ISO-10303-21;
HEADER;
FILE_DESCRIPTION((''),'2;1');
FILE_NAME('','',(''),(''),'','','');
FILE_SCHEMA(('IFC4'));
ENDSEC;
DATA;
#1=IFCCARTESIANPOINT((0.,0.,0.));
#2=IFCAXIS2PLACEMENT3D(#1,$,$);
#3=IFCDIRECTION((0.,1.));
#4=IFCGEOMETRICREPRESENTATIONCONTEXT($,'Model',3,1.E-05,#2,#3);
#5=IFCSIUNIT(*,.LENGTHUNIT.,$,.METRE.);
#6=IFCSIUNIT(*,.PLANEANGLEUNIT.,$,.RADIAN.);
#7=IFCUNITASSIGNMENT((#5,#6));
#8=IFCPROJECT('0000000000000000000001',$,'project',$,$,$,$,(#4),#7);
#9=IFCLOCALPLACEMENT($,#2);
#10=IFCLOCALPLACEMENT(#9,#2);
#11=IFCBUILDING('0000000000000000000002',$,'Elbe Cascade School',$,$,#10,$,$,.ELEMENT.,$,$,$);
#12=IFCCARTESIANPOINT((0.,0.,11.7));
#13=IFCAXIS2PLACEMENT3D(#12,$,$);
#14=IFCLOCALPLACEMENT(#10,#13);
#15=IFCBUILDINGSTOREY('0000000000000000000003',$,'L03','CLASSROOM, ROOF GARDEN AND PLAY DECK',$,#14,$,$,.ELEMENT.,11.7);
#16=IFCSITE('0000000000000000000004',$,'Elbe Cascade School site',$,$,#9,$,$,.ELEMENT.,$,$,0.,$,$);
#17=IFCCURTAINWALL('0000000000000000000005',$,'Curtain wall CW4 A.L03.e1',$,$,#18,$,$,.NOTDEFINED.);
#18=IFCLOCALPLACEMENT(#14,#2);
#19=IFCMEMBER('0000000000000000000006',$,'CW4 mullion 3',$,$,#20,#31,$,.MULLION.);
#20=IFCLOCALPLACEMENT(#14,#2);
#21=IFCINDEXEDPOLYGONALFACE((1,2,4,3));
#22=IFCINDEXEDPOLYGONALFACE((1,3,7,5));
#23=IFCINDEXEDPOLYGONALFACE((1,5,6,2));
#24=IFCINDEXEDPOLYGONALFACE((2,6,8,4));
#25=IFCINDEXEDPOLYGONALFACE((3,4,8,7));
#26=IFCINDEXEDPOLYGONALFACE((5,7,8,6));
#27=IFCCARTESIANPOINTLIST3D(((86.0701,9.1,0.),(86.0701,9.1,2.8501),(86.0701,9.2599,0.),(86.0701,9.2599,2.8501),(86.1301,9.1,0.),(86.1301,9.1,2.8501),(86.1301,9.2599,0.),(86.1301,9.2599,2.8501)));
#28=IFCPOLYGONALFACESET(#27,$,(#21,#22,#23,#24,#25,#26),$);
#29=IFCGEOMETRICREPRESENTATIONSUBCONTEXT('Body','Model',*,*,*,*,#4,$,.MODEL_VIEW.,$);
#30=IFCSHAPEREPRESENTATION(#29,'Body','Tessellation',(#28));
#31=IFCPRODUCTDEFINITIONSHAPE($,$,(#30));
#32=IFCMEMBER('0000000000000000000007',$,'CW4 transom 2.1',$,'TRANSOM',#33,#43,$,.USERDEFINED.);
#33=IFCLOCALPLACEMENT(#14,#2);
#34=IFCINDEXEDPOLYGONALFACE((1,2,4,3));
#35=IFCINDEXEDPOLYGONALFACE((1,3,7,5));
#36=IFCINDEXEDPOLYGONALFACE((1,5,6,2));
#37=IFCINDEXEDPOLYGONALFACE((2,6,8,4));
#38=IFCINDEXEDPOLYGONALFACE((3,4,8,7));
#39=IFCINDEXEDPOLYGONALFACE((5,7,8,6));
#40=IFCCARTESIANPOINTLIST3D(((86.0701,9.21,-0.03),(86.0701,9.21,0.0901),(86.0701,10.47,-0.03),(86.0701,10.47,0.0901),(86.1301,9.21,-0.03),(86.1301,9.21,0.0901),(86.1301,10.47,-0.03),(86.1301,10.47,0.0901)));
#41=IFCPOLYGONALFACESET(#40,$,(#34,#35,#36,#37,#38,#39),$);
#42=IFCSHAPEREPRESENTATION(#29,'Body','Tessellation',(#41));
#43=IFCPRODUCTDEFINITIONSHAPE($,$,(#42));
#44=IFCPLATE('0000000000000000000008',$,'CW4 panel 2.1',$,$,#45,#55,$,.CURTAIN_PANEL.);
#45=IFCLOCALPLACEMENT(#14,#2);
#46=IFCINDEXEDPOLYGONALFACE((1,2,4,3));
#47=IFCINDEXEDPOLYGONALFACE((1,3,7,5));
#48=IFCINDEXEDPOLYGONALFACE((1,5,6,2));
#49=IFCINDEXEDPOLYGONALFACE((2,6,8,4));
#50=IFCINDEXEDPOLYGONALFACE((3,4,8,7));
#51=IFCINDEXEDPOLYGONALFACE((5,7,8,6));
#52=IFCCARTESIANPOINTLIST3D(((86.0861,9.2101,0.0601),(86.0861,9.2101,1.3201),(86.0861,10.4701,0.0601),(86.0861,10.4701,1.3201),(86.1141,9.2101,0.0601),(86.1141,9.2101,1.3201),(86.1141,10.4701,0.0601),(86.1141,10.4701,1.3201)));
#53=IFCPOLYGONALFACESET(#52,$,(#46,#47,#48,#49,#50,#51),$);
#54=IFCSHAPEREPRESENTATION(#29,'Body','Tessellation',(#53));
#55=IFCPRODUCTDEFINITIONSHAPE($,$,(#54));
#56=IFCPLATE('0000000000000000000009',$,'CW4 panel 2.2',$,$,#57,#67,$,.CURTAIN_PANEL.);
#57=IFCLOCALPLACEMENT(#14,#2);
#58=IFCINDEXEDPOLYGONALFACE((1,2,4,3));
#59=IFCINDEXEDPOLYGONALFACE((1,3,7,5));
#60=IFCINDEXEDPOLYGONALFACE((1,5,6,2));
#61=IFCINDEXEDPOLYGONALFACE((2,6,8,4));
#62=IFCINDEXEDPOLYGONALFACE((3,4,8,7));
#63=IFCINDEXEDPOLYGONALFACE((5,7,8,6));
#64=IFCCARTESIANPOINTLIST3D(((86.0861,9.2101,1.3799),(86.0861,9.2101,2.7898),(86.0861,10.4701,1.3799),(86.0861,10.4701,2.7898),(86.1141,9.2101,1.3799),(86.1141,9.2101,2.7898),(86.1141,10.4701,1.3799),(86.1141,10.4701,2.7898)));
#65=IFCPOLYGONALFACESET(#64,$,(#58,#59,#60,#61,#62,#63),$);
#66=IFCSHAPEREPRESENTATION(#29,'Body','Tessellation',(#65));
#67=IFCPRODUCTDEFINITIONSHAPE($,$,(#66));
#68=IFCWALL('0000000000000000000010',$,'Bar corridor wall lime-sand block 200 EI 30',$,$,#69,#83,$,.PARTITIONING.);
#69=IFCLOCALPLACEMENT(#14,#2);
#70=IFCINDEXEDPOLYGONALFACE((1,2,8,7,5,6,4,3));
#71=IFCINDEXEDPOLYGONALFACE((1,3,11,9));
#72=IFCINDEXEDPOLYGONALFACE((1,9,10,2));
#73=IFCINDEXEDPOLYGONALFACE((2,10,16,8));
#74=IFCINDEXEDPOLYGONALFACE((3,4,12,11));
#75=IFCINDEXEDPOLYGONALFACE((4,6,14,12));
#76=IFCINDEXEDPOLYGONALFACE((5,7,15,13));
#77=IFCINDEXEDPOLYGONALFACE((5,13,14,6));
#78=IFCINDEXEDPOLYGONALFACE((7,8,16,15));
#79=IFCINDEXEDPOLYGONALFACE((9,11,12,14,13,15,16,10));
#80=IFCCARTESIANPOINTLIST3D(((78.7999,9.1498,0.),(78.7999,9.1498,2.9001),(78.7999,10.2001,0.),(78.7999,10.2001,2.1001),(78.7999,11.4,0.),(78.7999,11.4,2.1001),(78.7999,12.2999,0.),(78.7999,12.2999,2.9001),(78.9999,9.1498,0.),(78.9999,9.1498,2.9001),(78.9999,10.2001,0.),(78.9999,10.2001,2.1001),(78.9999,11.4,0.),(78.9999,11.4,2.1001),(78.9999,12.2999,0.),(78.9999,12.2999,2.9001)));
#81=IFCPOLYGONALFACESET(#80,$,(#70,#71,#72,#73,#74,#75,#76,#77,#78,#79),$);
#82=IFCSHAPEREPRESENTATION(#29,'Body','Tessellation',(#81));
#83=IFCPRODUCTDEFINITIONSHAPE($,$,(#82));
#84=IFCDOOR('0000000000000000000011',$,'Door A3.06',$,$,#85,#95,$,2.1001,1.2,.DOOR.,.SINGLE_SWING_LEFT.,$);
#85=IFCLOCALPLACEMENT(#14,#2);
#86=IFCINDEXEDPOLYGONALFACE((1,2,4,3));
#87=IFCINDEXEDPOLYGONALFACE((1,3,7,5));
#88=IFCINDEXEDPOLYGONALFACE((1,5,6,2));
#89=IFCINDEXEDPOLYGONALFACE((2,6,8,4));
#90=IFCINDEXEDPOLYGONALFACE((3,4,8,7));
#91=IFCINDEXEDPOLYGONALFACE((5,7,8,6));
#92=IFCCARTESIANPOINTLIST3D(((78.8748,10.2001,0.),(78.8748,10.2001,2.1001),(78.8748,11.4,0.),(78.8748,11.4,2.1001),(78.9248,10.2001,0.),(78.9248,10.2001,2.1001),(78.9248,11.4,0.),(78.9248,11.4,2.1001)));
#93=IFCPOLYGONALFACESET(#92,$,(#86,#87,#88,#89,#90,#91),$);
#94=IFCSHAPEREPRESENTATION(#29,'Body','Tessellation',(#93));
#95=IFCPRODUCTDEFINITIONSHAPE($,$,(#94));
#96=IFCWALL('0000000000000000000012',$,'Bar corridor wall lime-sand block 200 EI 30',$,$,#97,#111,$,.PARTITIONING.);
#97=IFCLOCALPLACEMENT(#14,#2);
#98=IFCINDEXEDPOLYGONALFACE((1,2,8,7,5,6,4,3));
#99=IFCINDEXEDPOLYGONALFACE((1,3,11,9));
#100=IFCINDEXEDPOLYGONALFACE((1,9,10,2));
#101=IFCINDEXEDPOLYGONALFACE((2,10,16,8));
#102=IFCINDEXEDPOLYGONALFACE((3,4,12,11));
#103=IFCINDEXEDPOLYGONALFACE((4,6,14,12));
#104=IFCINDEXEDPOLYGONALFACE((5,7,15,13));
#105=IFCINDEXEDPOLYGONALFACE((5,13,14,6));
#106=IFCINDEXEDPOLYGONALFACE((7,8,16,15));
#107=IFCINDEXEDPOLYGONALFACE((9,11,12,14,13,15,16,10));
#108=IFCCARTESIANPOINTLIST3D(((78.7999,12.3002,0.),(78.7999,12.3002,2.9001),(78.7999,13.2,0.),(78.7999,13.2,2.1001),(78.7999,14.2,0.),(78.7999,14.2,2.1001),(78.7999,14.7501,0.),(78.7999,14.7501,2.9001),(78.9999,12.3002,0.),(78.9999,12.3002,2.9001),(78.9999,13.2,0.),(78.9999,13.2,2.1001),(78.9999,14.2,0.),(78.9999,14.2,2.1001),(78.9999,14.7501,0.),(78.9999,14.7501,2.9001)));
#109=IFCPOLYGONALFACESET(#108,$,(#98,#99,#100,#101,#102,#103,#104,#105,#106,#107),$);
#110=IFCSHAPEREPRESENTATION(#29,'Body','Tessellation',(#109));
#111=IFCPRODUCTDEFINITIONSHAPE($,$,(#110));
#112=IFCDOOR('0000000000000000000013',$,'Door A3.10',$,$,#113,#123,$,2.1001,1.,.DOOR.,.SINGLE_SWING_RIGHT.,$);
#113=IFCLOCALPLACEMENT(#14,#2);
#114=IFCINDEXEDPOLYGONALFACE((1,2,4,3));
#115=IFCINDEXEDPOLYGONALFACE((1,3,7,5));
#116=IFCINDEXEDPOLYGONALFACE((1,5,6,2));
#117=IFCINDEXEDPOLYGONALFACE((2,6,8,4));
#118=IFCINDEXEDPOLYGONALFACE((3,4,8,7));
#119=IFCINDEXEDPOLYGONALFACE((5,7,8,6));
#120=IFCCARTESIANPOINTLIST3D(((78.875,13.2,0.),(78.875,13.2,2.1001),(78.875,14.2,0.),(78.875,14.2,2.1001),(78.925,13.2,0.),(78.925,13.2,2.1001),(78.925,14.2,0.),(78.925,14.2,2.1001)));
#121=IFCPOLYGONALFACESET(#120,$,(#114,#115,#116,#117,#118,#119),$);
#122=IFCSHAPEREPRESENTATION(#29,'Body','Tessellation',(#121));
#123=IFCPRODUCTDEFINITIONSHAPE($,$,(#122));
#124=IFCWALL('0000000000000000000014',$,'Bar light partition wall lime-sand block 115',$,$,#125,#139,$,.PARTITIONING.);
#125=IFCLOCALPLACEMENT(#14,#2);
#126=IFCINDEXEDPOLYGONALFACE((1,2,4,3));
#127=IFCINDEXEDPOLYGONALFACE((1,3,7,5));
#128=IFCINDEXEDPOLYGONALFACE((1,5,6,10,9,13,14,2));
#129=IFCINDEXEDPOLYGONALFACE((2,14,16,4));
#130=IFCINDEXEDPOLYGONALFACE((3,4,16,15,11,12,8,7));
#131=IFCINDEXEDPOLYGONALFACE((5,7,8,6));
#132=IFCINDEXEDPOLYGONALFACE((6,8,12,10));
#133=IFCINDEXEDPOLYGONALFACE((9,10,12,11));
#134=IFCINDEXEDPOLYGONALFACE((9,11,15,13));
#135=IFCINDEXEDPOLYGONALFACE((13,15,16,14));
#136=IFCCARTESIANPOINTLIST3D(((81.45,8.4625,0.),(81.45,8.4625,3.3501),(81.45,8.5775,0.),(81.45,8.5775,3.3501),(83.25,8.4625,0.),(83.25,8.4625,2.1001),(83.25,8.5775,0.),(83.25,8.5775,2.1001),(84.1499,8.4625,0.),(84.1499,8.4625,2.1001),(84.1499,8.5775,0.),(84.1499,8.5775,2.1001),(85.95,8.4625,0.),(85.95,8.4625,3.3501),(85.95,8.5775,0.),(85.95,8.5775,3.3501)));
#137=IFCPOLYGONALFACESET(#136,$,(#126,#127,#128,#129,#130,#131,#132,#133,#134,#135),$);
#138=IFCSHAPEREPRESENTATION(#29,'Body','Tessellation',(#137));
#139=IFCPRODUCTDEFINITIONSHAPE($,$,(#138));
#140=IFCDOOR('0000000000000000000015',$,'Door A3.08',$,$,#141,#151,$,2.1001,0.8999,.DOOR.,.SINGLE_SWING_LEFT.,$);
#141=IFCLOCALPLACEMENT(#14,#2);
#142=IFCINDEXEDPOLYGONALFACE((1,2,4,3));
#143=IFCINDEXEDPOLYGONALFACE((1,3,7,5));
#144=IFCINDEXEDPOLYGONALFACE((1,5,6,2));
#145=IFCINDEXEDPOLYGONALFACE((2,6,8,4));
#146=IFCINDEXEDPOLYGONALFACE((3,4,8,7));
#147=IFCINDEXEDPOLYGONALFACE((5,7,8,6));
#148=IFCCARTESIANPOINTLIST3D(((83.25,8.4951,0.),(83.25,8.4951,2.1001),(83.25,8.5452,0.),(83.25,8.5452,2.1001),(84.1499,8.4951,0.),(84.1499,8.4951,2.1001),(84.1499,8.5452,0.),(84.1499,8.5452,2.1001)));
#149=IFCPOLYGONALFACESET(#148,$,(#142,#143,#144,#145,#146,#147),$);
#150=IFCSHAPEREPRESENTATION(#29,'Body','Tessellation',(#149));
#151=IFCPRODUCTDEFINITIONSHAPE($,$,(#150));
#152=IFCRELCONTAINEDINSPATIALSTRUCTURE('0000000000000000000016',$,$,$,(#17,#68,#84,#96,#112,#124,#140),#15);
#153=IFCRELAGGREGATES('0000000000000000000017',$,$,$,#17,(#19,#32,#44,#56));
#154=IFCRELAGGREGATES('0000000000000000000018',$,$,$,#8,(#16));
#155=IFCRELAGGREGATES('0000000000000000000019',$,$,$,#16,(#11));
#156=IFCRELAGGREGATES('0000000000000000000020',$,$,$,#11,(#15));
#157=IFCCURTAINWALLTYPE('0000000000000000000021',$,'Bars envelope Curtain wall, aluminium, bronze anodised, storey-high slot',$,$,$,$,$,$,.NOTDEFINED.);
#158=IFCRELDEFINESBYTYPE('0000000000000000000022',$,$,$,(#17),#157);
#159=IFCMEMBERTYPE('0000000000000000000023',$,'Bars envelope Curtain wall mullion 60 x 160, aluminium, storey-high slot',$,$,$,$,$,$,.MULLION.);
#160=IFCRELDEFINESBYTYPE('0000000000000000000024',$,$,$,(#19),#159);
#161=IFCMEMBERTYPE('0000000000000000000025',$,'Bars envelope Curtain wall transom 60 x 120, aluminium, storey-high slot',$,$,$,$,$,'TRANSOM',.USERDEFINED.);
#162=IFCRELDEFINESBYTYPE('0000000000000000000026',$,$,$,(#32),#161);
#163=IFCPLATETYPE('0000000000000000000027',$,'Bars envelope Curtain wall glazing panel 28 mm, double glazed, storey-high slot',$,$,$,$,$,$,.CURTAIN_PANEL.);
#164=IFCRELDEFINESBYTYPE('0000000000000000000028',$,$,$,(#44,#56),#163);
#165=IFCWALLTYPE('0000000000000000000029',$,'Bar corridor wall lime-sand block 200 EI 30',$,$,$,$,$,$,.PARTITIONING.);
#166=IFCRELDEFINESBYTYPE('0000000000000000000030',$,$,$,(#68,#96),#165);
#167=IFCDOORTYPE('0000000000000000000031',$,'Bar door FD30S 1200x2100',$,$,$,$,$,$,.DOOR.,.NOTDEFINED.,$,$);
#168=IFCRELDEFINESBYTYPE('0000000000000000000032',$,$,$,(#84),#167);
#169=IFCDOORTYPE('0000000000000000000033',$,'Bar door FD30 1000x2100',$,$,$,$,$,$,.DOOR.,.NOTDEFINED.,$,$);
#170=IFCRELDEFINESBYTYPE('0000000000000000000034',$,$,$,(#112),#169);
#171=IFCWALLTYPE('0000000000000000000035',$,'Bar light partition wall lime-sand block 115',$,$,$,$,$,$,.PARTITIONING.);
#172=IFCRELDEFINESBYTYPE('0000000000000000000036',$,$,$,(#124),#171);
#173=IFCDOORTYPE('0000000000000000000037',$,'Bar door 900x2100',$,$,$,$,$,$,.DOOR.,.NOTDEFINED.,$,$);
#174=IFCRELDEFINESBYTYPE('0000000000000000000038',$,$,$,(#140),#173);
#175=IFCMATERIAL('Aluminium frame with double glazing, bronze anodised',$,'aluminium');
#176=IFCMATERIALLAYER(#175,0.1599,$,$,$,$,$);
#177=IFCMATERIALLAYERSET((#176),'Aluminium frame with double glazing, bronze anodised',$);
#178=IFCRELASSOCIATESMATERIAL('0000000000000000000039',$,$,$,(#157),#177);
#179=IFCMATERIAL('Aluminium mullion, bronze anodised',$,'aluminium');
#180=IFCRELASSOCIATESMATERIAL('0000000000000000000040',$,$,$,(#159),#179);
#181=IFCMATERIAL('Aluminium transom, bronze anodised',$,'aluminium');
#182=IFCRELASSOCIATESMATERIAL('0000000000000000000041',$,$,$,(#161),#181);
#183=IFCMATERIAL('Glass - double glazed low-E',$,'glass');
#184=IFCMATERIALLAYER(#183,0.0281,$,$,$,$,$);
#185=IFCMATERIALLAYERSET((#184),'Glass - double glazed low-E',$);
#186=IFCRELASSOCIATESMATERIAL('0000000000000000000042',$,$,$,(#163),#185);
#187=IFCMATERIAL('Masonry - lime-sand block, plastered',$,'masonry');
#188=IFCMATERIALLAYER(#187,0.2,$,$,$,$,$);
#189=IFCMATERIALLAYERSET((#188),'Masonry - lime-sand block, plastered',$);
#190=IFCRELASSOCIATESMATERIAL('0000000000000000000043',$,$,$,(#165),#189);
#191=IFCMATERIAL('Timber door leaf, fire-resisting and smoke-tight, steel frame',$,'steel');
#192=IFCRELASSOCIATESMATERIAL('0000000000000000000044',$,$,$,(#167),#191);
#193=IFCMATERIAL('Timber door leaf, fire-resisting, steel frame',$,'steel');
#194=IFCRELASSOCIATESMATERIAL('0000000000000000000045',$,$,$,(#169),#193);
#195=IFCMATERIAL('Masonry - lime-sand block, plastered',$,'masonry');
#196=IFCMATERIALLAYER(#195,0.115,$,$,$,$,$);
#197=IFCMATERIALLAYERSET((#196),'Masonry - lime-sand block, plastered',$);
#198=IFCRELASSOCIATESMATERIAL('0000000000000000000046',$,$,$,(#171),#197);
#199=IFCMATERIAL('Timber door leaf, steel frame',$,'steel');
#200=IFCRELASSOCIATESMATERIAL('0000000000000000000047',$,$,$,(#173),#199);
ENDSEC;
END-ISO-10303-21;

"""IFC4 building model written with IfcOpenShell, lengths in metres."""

from ifc_helpers import new_model, si_unit, direction, frame, frame_2d, origin, origin_2d, place, context, subcontext, project, spatial, rectangle, extrude, material, layer, layer_set, material_profile, profile_set, type_object, element, fill, aggregate, save


model = new_model("IFC4")

# Units and contexts
model_context = context("Model", 3, precision=1e-05, world=origin(), true_north=direction((0.0, 1.0)))
body_context = subcontext(model_context, "Body", "Model", "MODEL_VIEW")
ifc_project = project(units=[si_unit("LENGTHUNIT", "METRE"), si_unit("PLANEANGLEUNIT", "RADIAN")], contexts=[model_context])

# Site, building, storey
site_placement = place(None, origin())
site = spatial("IfcSite", under=ifc_project, at=site_placement, Name="Elbe Cascade School site", CompositionType="ELEMENT", RefElevation=0.0)
building_placement = place(site_placement, origin())
building = spatial("IfcBuilding", under=site, at=building_placement, Name="Elbe Cascade School", CompositionType="ELEMENT")
storey_placement = place(building_placement, frame((0.0, 0.0, 11.7)))
storey = spatial("IfcBuildingStorey", under=building, at=storey_placement, Name="L03", Description="CLASSROOM, ROOF GARDEN AND PLAY DECK", CompositionType="ELEMENT", Elevation=11.7)

# Curtain wall, members, plates
ifc_material_1 = material(Name="Aluminium frame with double glazing, bronze anodised", Category="aluminium")
ifc_layer_1 = layer(ifc_material_1, 0.1599)
ifc_layer_set_1 = layer_set([ifc_layer_1], Name="Aluminium frame with double glazing, bronze anodised")
curtain_wall_type = type_object("IfcCurtainWallType", Name="Bars envelope Curtain wall, aluminium, bronze anodised, storey-high slot", PredefinedType="NOTDEFINED", material=ifc_layer_set_1)
curtain_wall_placement = place(storey_placement, origin())
curtain_wall = element("IfcCurtainWall", 1, at=curtain_wall_placement, inside=storey, type_object=curtain_wall_type, Name="Curtain wall CW4 A.L03.e1", PredefinedType="NOTDEFINED")
ifc_material_2 = material(Name="Aluminium mullion, bronze anodised", Category="aluminium")
ifc_material_profile_1 = material_profile(ifc_material_2, rectangle(XDim=0.0601, YDim=0.1599, at=origin_2d()), Name="Bars envelope Curtain wall mullion 60 x 160, aluminium, storey-high slot")
ifc_profile_set_1 = profile_set([ifc_material_profile_1], Name="Aluminium mullion, bronze anodised")
member_type_1 = type_object("IfcMemberType", Name="Bars envelope Curtain wall mullion 60 x 160, aluminium, storey-high slot", PredefinedType="MULLION", material=ifc_profile_set_1)
member_1_placement = place(storey_placement, frame((86.1001, 9.1799, 0.0), z_axis=(0.0, 0.0, 1.0), x_axis=(1.0, 0.0, 0.0)))
member_1 = element("IfcMember", 2, at=member_1_placement, type_object=member_type_1, Name="CW4 mullion 3", PredefinedType="MULLION", context=body_context, shape_type="SweptSolid", body=[
    extrude(rectangle(XDim=0.0601, YDim=0.1599, at=origin_2d()), origin(), (0.0, 0.0, 1.0), 2.8501),
])
ifc_material_3 = material(Name="Aluminium transom, bronze anodised", Category="aluminium")
ifc_material_profile_2 = material_profile(ifc_material_3, rectangle(XDim=0.0601, YDim=0.1201, at=origin_2d()), Name="Bars envelope Curtain wall transom 60 x 120, aluminium, storey-high slot")
ifc_profile_set_2 = profile_set([ifc_material_profile_2], Name="Aluminium transom, bronze anodised")
member_type_2 = type_object("IfcMemberType", Name="Bars envelope Curtain wall transom 60 x 120, aluminium, storey-high slot", ElementType="TRANSOM", PredefinedType="USERDEFINED", material=ifc_profile_set_2)
member_2_placement = place(storey_placement, frame((86.1001, 10.47, 0.03), z_axis=(0.0, -1.0, 0.0), x_axis=(1.0, 0.0, 0.0)))
member_2 = element("IfcMember", 3, at=member_2_placement, type_object=member_type_2, Name="CW4 transom 2.1", ObjectType="TRANSOM", PredefinedType="USERDEFINED", context=body_context, shape_type="SweptSolid", body=[
    extrude(rectangle(XDim=0.0601, YDim=0.1201, at=origin_2d()), origin(), (0.0, 0.0, 1.0), 1.26),
])
ifc_material_4 = material(Name="Glass - double glazed low-E", Category="glass")
ifc_layer_2 = layer(ifc_material_4, 0.0281)
ifc_layer_set_2 = layer_set([ifc_layer_2], Name="Glass - double glazed low-E")
plate_type = type_object("IfcPlateType", Name="Bars envelope Curtain wall glazing panel 28 mm, double glazed, storey-high slot", PredefinedType="CURTAIN_PANEL", material=ifc_layer_set_2)
plate_1_placement = place(storey_placement, frame((86.1001, 9.8401, 0.0601), z_axis=(0.0, 0.0, 1.0), x_axis=(0.0, -1.0, 0.0)))
plate_1 = element("IfcPlate", 4, at=plate_1_placement, type_object=plate_type, Name="CW4 panel 2.1", PredefinedType="CURTAIN_PANEL", context=body_context, shape_type="SweptSolid", body=[
    extrude(rectangle(XDim=1.26, YDim=0.0281, at=origin_2d()), origin(), (0.0, 0.0, 1.0), 1.26),
])
plate_2_placement = place(storey_placement, frame((86.1001, 9.8401, 1.3799), z_axis=(0.0, 0.0, 1.0), x_axis=(0.0, -1.0, 0.0)))
plate_2 = element("IfcPlate", 5, at=plate_2_placement, type_object=plate_type, Name="CW4 panel 2.2", PredefinedType="CURTAIN_PANEL", context=body_context, shape_type="SweptSolid", body=[
    extrude(rectangle(XDim=1.26, YDim=0.0281, at=origin_2d()), origin(), (0.0, 0.0, 1.0), 1.4099),
])
aggregate(curtain_wall, [member_1, member_2, plate_1, plate_2])

# Walls, openings, doors
ifc_material_5 = material(Name="Masonry - lime-sand block, plastered", Category="masonry")
ifc_layer_3 = layer(ifc_material_5, 0.2)
ifc_layer_set_3 = layer_set([ifc_layer_3], Name="Masonry - lime-sand block, plastered")
wall_type_1 = type_object("IfcWallType", Name="Bar corridor wall lime-sand block 200 EI 30", PredefinedType="PARTITIONING", material=ifc_layer_set_3)
wall_1_placement = place(storey_placement, frame((78.8999, 12.3, 0.0), z_axis=(0.0, 0.0, 1.0), x_axis=(0.0, -1.0, 0.0)))
wall_1 = element("IfcWall", 6, at=wall_1_placement, inside=storey, type_object=wall_type_1, Name="Bar corridor wall lime-sand block 200 EI 30", PredefinedType="PARTITIONING", context=body_context, shape_type="SweptSolid", body=[
    extrude(rectangle(XDim=3.1501, YDim=0.2, at=frame_2d((1.5752, 0.0))), origin(), (0.0, 0.0, 1.0), 2.9001),
])
opening_1_placement = place(wall_1_placement, frame((0.8999, 0.0, 0.0)))
opening_1 = element("IfcOpeningElement", 7, at=opening_1_placement, cuts=wall_1, PredefinedType="OPENING", context=body_context, shape_type="SweptSolid", body=[
    extrude(rectangle(XDim=1.2, YDim=2.1001, at=frame_2d((0.6001, 1.05))), frame((0.0, 0.1099, 0.0), z_axis=(0.0, -1.0, 0.0), x_axis=(1.0, 0.0, 0.0)), (0.0, 0.0, 1.0), 0.22),
])
ifc_material_6 = material(Name="Timber door leaf, fire-resisting and smoke-tight, steel frame", Category="steel")
door_type_1 = type_object("IfcDoorType", Name="Bar door FD30S 1200x2100", OperationType="NOTDEFINED", PredefinedType="DOOR", material=ifc_material_6)
door_1_placement = place(opening_1_placement, origin())
door_1 = element("IfcDoor", 8, at=door_1_placement, inside=storey, type_object=door_type_1, Name="Door A3.06", OperationType="SINGLE_SWING_LEFT", OverallHeight=2.1001, OverallWidth=1.2, PredefinedType="DOOR", context=body_context, shape_type="SweptSolid", body=[
    extrude(rectangle(XDim=1.2, YDim=2.1001, at=frame_2d((0.6001, 1.05))), frame((0.0, 0.0249, 0.0), z_axis=(0.0, -1.0, 0.0), x_axis=(1.0, 0.0, 0.0)), (0.0, 0.0, 1.0), 0.05),
])
fill(opening_1, door_1)
wall_2_placement = place(storey_placement, frame((78.8999, 12.3, 0.0), z_axis=(0.0, 0.0, 1.0), x_axis=(0.0, 1.0, 0.0)))
wall_2 = element("IfcWall", 9, at=wall_2_placement, inside=storey, type_object=wall_type_1, Name="Bar corridor wall lime-sand block 200 EI 30", PredefinedType="PARTITIONING", context=body_context, shape_type="SweptSolid", body=[
    extrude(rectangle(XDim=2.45, YDim=0.2, at=frame_2d((1.2251, 0.0))), origin(), (0.0, 0.0, 1.0), 2.9001),
])
opening_2_placement = place(wall_2_placement, frame((0.8999, 0.0, 0.0)))
opening_2 = element("IfcOpeningElement", 10, at=opening_2_placement, cuts=wall_2, PredefinedType="OPENING", context=body_context, shape_type="SweptSolid", body=[
    extrude(rectangle(XDim=1.0, YDim=2.1001, at=frame_2d((0.5, 1.05))), frame((0.0, 0.1099, 0.0), z_axis=(0.0, -1.0, 0.0), x_axis=(1.0, 0.0, 0.0)), (0.0, 0.0, 1.0), 0.22),
])
ifc_material_7 = material(Name="Timber door leaf, fire-resisting, steel frame", Category="steel")
door_type_2 = type_object("IfcDoorType", Name="Bar door FD30 1000x2100", OperationType="NOTDEFINED", PredefinedType="DOOR", material=ifc_material_7)
door_2_placement = place(opening_2_placement, origin())
door_2 = element("IfcDoor", 11, at=door_2_placement, inside=storey, type_object=door_type_2, Name="Door A3.10", OperationType="SINGLE_SWING_RIGHT", OverallHeight=2.1001, OverallWidth=1.0, PredefinedType="DOOR", context=body_context, shape_type="SweptSolid", body=[
    extrude(rectangle(XDim=1.0, YDim=2.1001, at=frame_2d((0.5, 1.05))), frame((0.0, 0.0249, 0.0), z_axis=(0.0, -1.0, 0.0), x_axis=(1.0, 0.0, 0.0)), (0.0, 0.0, 1.0), 0.05),
])
fill(opening_2, door_2)
ifc_material_8 = material(Name="Masonry - lime-sand block, plastered", Category="masonry")
ifc_layer_4 = layer(ifc_material_8, 0.115)
ifc_layer_set_4 = layer_set([ifc_layer_4], Name="Masonry - lime-sand block, plastered")
wall_type_2 = type_object("IfcWallType", Name="Bar light partition wall lime-sand block 115", PredefinedType="PARTITIONING", material=ifc_layer_set_4)
wall_3_placement = place(storey_placement, frame((85.95, 8.52, 0.0), z_axis=(0.0, 0.0, 1.0), x_axis=(-1.0, 0.0, 0.0)))
wall_3 = element("IfcWall", 12, at=wall_3_placement, inside=storey, type_object=wall_type_2, Name="Bar light partition wall lime-sand block 115", PredefinedType="PARTITIONING", context=body_context, shape_type="SweptSolid", body=[
    extrude(rectangle(XDim=4.5, YDim=0.115, at=frame_2d((2.25, 0.0))), origin(), (0.0, 0.0, 1.0), 3.3501),
])
opening_3_placement = place(wall_3_placement, frame((1.8, 0.0, 0.0)))
opening_3 = element("IfcOpeningElement", 13, at=opening_3_placement, cuts=wall_3, PredefinedType="OPENING", context=body_context, shape_type="SweptSolid", body=[
    extrude(rectangle(XDim=0.8999, YDim=2.1001, at=frame_2d((0.45, 1.05))), frame((0.0, 0.0674, 0.0), z_axis=(0.0, -1.0, 0.0), x_axis=(1.0, 0.0, 0.0)), (0.0, 0.0, 1.0), 0.135),
])
ifc_material_9 = material(Name="Timber door leaf, steel frame", Category="steel")
door_type_3 = type_object("IfcDoorType", Name="Bar door 900x2100", OperationType="NOTDEFINED", PredefinedType="DOOR", material=ifc_material_9)
door_3_placement = place(opening_3_placement, origin())
door_3 = element("IfcDoor", 14, at=door_3_placement, inside=storey, type_object=door_type_3, Name="Door A3.08", OperationType="SINGLE_SWING_LEFT", OverallHeight=2.1001, OverallWidth=0.8999, PredefinedType="DOOR", context=body_context, shape_type="SweptSolid", body=[
    extrude(rectangle(XDim=0.8999, YDim=2.1001, at=frame_2d((0.45, 1.05))), frame((0.0, 0.0249, 0.0), z_axis=(0.0, -1.0, 0.0), x_axis=(1.0, 0.0, 0.0)), (0.0, 0.0, 1.0), 0.05),
])
fill(opening_3, door_3)

save(model, "model.ifc")
